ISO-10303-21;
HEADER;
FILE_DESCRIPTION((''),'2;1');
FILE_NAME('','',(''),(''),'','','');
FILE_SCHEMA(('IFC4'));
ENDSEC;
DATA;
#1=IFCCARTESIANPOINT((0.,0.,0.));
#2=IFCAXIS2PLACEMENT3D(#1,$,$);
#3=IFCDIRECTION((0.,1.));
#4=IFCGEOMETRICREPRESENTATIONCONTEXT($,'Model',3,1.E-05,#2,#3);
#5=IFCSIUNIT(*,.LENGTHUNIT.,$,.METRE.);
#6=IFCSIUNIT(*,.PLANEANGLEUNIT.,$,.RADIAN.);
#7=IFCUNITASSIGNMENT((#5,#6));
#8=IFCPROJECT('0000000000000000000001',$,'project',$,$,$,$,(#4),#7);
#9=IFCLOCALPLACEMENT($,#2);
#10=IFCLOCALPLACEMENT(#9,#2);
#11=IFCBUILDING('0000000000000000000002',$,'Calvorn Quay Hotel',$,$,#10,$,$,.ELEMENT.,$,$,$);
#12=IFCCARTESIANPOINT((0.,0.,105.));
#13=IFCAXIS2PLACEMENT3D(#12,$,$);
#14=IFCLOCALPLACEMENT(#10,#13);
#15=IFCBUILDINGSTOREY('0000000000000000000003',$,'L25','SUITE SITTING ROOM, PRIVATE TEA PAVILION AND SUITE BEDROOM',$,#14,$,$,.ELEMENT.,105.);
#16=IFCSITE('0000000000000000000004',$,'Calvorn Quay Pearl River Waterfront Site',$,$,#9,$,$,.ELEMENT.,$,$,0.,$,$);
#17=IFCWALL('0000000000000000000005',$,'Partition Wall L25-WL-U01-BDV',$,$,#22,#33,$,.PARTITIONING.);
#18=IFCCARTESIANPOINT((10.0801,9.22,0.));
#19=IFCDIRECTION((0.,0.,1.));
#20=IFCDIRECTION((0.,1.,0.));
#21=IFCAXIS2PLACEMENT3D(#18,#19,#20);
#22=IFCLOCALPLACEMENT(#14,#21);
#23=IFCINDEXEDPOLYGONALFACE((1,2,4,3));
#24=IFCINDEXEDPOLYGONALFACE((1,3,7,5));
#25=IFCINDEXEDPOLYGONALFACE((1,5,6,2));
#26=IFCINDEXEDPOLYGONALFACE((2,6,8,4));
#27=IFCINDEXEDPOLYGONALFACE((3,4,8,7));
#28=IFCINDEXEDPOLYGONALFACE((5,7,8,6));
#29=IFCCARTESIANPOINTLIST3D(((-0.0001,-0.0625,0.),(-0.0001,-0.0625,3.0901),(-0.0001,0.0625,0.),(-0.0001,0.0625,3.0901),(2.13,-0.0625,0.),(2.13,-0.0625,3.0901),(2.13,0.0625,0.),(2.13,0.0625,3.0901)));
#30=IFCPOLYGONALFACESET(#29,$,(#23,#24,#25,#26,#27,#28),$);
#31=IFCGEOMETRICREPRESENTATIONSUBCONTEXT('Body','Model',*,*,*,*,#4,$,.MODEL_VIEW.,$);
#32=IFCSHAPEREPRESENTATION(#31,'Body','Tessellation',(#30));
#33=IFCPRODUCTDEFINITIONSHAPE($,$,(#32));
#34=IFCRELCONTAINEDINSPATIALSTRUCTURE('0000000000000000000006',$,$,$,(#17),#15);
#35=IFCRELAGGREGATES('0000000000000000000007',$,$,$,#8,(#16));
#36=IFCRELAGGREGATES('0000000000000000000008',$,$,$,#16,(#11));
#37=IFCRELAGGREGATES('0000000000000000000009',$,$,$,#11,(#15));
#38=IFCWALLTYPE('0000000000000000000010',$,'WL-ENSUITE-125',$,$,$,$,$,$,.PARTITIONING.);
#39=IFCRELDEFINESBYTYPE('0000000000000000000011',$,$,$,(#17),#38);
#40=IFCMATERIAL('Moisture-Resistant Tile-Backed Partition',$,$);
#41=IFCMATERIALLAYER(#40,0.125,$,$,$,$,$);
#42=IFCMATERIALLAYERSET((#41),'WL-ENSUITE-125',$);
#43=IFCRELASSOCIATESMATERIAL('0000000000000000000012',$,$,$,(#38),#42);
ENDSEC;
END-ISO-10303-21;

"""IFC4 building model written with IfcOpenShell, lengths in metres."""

from ifc_helpers import new_model, si_unit, direction, frame, frame_2d, origin, place, context, subcontext, project, spatial, rectangle, extrude, material, layer, layer_set, type_object, element, save


model = new_model("IFC4")

# Units and contexts
model_context = context("Model", 3, precision=1e-05, world=origin(), true_north=direction((0.0, 1.0)))
body_context = subcontext(model_context, "Body", "Model", "MODEL_VIEW")
ifc_project = project(units=[si_unit("LENGTHUNIT", "METRE"), si_unit("PLANEANGLEUNIT", "RADIAN")], contexts=[model_context])

# Site, building, storey
site_placement = place(None, origin())
site = spatial("IfcSite", under=ifc_project, at=site_placement, Name="Calvorn Quay Pearl River Waterfront Site", CompositionType="ELEMENT", RefElevation=0.0)
building_placement = place(site_placement, origin())
building = spatial("IfcBuilding", under=site, at=building_placement, Name="Calvorn Quay Hotel", CompositionType="ELEMENT")
storey_placement = place(building_placement, frame((0.0, 0.0, 105.0)))
storey = spatial("IfcBuildingStorey", under=building, at=storey_placement, Name="L25", Description="SUITE SITTING ROOM, PRIVATE TEA PAVILION AND SUITE BEDROOM", CompositionType="ELEMENT", Elevation=105.0)

# Wall
ifc_material_1 = material(Name="Moisture-Resistant Tile-Backed Partition")
ifc_layer_1 = layer(ifc_material_1, 0.125)
ifc_layer_set_1 = layer_set([ifc_layer_1], Name="WL-ENSUITE-125")
wall_type_1 = type_object("IfcWallType", Name="WL-ENSUITE-125", PredefinedType="PARTITIONING", material=ifc_layer_set_1)
wall_1_placement = place(storey_placement, frame((10.0801, 9.22, 0.0), z_axis=(0.0, 0.0, 1.0), x_axis=(0.0, 1.0, 0.0)))
element("IfcWall", 1, at=wall_1_placement, inside=storey, type_object=wall_type_1, Name="Partition Wall L25-WL-U01-BDV", PredefinedType="PARTITIONING", context=body_context, shape_type="SweptSolid", body=[
    extrude(rectangle(XDim=2.1301, YDim=0.125, at=frame_2d((1.0649, 0.0))), origin(), (0.0, 0.0, 1.0), 3.0901),
])

save(model, "model.ifc")
